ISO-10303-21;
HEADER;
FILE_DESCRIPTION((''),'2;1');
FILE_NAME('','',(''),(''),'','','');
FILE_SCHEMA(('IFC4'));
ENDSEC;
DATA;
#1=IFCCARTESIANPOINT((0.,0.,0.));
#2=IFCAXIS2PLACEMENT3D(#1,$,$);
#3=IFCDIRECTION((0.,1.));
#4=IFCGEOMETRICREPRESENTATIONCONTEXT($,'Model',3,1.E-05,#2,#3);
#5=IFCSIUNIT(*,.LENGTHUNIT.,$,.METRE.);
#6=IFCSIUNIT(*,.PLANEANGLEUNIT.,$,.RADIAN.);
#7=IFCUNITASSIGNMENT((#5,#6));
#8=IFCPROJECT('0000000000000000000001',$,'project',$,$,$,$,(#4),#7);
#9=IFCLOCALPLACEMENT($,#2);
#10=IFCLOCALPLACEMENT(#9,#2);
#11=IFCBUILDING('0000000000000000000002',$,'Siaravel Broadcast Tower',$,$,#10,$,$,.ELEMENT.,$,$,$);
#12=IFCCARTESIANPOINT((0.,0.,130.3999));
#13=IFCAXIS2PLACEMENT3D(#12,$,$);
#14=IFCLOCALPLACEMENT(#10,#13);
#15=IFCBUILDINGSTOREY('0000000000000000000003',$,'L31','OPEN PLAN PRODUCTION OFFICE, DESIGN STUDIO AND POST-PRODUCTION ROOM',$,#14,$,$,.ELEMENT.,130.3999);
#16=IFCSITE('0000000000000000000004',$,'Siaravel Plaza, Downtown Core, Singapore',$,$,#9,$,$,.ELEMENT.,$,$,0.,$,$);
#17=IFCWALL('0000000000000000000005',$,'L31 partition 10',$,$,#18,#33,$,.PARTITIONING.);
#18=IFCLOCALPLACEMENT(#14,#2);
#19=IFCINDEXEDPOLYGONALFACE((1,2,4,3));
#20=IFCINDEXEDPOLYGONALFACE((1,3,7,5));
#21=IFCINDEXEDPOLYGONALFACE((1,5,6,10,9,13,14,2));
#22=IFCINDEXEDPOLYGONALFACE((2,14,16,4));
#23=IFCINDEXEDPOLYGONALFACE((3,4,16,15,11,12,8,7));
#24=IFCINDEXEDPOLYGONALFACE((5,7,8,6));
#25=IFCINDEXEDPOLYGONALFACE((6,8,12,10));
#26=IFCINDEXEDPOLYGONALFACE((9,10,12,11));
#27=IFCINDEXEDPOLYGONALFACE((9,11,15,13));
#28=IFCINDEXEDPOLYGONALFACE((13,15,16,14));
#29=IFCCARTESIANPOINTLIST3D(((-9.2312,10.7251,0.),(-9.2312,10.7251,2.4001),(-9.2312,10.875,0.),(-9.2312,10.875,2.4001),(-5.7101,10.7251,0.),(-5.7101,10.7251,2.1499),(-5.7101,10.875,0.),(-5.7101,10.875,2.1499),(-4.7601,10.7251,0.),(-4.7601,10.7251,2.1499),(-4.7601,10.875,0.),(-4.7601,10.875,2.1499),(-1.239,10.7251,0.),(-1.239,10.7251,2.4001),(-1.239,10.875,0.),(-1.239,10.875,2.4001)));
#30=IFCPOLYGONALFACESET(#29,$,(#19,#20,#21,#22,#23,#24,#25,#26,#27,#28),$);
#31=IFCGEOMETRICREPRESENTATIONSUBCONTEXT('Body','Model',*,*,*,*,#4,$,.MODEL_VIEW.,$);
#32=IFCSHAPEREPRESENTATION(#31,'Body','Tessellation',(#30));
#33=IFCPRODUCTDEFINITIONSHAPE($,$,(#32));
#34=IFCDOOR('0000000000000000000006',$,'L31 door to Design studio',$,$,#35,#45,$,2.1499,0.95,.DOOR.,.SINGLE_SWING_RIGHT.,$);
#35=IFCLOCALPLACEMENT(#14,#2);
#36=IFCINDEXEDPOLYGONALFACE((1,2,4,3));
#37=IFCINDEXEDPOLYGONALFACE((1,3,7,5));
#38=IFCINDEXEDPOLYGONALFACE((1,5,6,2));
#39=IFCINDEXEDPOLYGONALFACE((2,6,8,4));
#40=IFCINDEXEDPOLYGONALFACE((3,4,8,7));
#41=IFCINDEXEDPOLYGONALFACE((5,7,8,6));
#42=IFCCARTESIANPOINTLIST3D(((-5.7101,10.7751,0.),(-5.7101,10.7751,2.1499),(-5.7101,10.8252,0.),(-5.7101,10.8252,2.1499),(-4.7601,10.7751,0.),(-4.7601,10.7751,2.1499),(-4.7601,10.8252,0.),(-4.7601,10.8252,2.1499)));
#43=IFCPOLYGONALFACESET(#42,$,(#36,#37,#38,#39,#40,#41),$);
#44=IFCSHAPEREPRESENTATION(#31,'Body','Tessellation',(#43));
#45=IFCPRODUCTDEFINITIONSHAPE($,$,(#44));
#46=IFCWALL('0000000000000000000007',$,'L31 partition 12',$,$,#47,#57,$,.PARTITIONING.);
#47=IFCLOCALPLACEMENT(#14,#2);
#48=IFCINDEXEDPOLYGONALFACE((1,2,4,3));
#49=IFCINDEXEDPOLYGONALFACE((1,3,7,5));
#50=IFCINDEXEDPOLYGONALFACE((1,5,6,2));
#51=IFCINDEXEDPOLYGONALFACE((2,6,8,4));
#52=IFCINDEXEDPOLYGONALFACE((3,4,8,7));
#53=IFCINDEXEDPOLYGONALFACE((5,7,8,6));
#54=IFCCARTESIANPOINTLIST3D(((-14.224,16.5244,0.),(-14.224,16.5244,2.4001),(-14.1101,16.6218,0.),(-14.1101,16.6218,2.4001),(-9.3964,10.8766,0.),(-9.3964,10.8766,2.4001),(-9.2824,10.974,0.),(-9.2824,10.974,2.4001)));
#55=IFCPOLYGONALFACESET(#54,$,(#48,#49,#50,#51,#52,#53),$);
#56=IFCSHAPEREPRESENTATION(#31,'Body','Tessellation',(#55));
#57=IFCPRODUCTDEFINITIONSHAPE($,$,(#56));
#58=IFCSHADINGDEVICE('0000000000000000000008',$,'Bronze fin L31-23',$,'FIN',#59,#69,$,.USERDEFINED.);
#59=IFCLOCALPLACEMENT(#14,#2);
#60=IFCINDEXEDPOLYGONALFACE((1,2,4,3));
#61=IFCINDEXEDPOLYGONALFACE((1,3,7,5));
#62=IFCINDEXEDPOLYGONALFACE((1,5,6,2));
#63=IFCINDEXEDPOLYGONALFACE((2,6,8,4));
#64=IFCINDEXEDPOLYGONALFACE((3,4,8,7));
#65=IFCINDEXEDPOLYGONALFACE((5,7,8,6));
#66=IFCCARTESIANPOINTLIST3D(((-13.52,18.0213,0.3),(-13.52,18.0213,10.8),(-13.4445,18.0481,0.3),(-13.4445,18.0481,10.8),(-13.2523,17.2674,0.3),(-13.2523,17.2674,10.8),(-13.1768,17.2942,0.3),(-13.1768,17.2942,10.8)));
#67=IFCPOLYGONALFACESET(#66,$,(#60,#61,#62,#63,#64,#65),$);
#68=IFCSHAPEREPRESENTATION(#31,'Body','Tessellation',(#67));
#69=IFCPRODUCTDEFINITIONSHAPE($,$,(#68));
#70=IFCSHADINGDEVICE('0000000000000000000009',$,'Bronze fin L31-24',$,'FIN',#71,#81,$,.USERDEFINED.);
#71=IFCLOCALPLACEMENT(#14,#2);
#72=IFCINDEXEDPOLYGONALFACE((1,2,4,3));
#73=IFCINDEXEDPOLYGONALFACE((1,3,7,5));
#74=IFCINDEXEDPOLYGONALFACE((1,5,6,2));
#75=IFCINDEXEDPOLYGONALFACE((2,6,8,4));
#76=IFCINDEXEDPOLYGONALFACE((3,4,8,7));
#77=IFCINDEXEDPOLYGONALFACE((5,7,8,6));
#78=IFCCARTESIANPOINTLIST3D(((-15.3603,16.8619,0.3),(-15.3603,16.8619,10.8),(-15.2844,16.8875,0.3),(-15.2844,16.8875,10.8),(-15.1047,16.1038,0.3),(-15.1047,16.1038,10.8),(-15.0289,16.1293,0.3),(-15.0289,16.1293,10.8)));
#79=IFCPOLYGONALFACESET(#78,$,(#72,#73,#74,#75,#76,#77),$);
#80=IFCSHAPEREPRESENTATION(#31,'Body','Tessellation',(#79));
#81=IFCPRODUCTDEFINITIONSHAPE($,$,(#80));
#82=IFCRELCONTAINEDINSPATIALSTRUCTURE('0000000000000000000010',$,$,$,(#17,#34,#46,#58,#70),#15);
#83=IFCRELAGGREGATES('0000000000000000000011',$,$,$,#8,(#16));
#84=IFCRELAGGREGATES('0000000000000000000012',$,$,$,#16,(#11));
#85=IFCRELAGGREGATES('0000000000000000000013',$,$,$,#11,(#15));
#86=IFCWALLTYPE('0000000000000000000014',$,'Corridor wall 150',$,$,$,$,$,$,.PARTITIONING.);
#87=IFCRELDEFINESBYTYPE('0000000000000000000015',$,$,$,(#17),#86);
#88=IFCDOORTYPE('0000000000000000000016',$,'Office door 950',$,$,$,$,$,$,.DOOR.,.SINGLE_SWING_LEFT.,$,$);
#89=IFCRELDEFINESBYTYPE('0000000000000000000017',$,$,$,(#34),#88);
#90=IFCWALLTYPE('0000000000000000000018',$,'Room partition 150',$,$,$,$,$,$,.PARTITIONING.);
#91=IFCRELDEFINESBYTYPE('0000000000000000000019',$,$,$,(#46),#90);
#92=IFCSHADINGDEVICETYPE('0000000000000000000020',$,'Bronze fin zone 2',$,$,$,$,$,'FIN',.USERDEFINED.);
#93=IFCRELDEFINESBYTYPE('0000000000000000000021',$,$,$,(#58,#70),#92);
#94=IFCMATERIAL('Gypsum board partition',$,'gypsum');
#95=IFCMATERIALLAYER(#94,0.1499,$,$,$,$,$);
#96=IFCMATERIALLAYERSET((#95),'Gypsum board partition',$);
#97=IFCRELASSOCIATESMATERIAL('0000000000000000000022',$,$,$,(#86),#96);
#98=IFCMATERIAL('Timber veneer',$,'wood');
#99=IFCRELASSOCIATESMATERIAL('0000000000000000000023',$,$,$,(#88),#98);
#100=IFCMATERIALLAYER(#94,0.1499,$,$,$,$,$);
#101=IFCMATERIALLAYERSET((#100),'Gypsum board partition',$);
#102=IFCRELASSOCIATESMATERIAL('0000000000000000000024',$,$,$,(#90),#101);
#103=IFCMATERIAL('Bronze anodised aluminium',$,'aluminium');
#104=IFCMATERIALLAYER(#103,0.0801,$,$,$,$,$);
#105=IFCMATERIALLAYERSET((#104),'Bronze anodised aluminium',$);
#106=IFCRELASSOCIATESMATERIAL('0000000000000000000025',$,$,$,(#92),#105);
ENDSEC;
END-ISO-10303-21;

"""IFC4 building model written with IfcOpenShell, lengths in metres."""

from ifc_helpers import new_model, si_unit, direction, frame, frame_2d, origin, origin_2d, place, context, subcontext, project, spatial, rectangle, extrude, material, layer, layer_set, type_object, element, fill, save


model = new_model("IFC4")

# Units and contexts
model_context = context("Model", 3, precision=1e-05, world=origin(), true_north=direction((0.0, 1.0)))
body_context = subcontext(model_context, "Body", "Model", "MODEL_VIEW")
ifc_project = project(units=[si_unit("LENGTHUNIT", "METRE"), si_unit("PLANEANGLEUNIT", "RADIAN")], contexts=[model_context])

# Site, building, storey
site_placement = place(None, origin())
site = spatial("IfcSite", under=ifc_project, at=site_placement, Name="Siaravel Plaza, Downtown Core, Singapore", CompositionType="ELEMENT", RefElevation=0.0)
building_placement = place(site_placement, origin())
building = spatial("IfcBuilding", under=site, at=building_placement, Name="Siaravel Broadcast Tower", CompositionType="ELEMENT")
storey_placement = place(building_placement, frame((0.0, 0.0, 130.3999)))
storey = spatial("IfcBuildingStorey", under=building, at=storey_placement, Name="L31", Description="OPEN PLAN PRODUCTION OFFICE, DESIGN STUDIO AND POST-PRODUCTION ROOM", CompositionType="ELEMENT", Elevation=130.3999)

# Shared definitions
ifc_material_1 = material(Name="Timber veneer", Category="wood")

# Wall, opening, door
ifc_material_2 = material(Name="Gypsum board partition", Category="gypsum")
ifc_layer_1 = layer(ifc_material_2, 0.1499)
ifc_layer_set_1 = layer_set([ifc_layer_1], Name="Gypsum board partition")
wall_type_1 = type_object("IfcWallType", Name="Corridor wall 150", PredefinedType="PARTITIONING", material=ifc_layer_set_1)
wall_1_placement = place(storey_placement, frame((-1.239, 10.8, 0.0), z_axis=(0.0, 0.0, 1.0), x_axis=(-1.0, 0.0, 0.0)))
wall_1 = element("IfcWall", 1, at=wall_1_placement, inside=storey, type_object=wall_type_1, Name="L31 partition 10", PredefinedType="PARTITIONING", context=body_context, shape_type="SweptSolid", body=[
    extrude(rectangle(XDim=7.9922, YDim=0.1499, at=frame_2d((3.9961, 0.0))), origin(), (0.0, 0.0, 1.0), 2.4001),
])
opening_1_placement = place(wall_1_placement, frame((3.521, 0.0, 0.0)))
opening_1 = element("IfcOpeningElement", 2, at=opening_1_placement, cuts=wall_1, PredefinedType="OPENING", context=body_context, shape_type="SweptSolid", body=[
    extrude(rectangle(XDim=0.95, YDim=2.1499, at=frame_2d((0.4751, 1.075))), frame((0.0, 0.085, 0.0), z_axis=(0.0, -1.0, 0.0), x_axis=(1.0, 0.0, 0.0)), (0.0, 0.0, 1.0), 0.1699),
])
door_type_1 = type_object("IfcDoorType", Name="Office door 950", OperationType="SINGLE_SWING_LEFT", PredefinedType="DOOR", material=ifc_material_1)
door_1_placement = place(opening_1_placement, origin())
door_1 = element("IfcDoor", 3, at=door_1_placement, inside=storey, type_object=door_type_1, Name="L31 door to Design studio", OperationType="SINGLE_SWING_RIGHT", OverallHeight=2.1499, OverallWidth=0.95, PredefinedType="DOOR", context=body_context, shape_type="SweptSolid", body=[
    extrude(rectangle(XDim=0.95, YDim=2.1499, at=frame_2d((0.4751, 1.075))), frame((0.0, 0.0249, 0.0), z_axis=(0.0, -1.0, 0.0), x_axis=(1.0, 0.0, 0.0)), (0.0, 0.0, 1.0), 0.05),
])
fill(opening_1, door_1)

# Wall
ifc_layer_2 = layer(ifc_material_2, 0.1499)
ifc_layer_set_2 = layer_set([ifc_layer_2], Name="Gypsum board partition")
wall_type_2 = type_object("IfcWallType", Name="Room partition 150", PredefinedType="PARTITIONING", material=ifc_layer_set_2)
wall_2_placement = place(storey_placement, frame((-14.167, 16.573, 0.0), z_axis=(0.0, 0.0, 1.0), x_axis=(0.649762, -0.760137, 0.0)))
element("IfcWall", 4, at=wall_2_placement, inside=storey, type_object=wall_type_2, Name="L31 partition 12", PredefinedType="PARTITIONING", context=body_context, shape_type="SweptSolid", body=[
    extrude(rectangle(XDim=7.4299, YDim=0.1499, at=frame_2d((3.7148, 0.0))), origin(), (0.0, 0.0, 1.0), 2.4001),
])

# Shading devices
ifc_material_3 = material(Name="Bronze anodised aluminium", Category="aluminium")
ifc_layer_3 = layer(ifc_material_3, 0.0801)
ifc_layer_set_3 = layer_set([ifc_layer_3], Name="Bronze anodised aluminium")
shading_device_type = type_object("IfcShadingDeviceType", Name="Bronze fin zone 2", ElementType="FIN", PredefinedType="USERDEFINED", material=ifc_layer_set_3)
for number, where, z_axis, x_axis, name in (
    (5, (-13.3484, 17.6577, 0.3), (0.0, 0.0, 1.0), (-0.334634, 0.942348, 0.0), "Bronze fin L31-23"),
    (6, (-15.1946, 16.4956, 0.3), (0.0, 0.0, 1.0), (-0.319452, 0.947602, 0.0), "Bronze fin L31-24"),
):
    element("IfcShadingDevice", number, at=place(storey_placement, frame(where, z_axis=z_axis, x_axis=x_axis)), inside=storey, type_object=shading_device_type, Name=name, ObjectType="FIN", PredefinedType="USERDEFINED", context=body_context, shape_type="SweptSolid", body=[
        extrude(rectangle(XDim=0.8, YDim=0.0801, at=origin_2d()), origin(), (0.0, 0.0, 1.0), 10.5),
    ])

save(model, "model.ifc")
